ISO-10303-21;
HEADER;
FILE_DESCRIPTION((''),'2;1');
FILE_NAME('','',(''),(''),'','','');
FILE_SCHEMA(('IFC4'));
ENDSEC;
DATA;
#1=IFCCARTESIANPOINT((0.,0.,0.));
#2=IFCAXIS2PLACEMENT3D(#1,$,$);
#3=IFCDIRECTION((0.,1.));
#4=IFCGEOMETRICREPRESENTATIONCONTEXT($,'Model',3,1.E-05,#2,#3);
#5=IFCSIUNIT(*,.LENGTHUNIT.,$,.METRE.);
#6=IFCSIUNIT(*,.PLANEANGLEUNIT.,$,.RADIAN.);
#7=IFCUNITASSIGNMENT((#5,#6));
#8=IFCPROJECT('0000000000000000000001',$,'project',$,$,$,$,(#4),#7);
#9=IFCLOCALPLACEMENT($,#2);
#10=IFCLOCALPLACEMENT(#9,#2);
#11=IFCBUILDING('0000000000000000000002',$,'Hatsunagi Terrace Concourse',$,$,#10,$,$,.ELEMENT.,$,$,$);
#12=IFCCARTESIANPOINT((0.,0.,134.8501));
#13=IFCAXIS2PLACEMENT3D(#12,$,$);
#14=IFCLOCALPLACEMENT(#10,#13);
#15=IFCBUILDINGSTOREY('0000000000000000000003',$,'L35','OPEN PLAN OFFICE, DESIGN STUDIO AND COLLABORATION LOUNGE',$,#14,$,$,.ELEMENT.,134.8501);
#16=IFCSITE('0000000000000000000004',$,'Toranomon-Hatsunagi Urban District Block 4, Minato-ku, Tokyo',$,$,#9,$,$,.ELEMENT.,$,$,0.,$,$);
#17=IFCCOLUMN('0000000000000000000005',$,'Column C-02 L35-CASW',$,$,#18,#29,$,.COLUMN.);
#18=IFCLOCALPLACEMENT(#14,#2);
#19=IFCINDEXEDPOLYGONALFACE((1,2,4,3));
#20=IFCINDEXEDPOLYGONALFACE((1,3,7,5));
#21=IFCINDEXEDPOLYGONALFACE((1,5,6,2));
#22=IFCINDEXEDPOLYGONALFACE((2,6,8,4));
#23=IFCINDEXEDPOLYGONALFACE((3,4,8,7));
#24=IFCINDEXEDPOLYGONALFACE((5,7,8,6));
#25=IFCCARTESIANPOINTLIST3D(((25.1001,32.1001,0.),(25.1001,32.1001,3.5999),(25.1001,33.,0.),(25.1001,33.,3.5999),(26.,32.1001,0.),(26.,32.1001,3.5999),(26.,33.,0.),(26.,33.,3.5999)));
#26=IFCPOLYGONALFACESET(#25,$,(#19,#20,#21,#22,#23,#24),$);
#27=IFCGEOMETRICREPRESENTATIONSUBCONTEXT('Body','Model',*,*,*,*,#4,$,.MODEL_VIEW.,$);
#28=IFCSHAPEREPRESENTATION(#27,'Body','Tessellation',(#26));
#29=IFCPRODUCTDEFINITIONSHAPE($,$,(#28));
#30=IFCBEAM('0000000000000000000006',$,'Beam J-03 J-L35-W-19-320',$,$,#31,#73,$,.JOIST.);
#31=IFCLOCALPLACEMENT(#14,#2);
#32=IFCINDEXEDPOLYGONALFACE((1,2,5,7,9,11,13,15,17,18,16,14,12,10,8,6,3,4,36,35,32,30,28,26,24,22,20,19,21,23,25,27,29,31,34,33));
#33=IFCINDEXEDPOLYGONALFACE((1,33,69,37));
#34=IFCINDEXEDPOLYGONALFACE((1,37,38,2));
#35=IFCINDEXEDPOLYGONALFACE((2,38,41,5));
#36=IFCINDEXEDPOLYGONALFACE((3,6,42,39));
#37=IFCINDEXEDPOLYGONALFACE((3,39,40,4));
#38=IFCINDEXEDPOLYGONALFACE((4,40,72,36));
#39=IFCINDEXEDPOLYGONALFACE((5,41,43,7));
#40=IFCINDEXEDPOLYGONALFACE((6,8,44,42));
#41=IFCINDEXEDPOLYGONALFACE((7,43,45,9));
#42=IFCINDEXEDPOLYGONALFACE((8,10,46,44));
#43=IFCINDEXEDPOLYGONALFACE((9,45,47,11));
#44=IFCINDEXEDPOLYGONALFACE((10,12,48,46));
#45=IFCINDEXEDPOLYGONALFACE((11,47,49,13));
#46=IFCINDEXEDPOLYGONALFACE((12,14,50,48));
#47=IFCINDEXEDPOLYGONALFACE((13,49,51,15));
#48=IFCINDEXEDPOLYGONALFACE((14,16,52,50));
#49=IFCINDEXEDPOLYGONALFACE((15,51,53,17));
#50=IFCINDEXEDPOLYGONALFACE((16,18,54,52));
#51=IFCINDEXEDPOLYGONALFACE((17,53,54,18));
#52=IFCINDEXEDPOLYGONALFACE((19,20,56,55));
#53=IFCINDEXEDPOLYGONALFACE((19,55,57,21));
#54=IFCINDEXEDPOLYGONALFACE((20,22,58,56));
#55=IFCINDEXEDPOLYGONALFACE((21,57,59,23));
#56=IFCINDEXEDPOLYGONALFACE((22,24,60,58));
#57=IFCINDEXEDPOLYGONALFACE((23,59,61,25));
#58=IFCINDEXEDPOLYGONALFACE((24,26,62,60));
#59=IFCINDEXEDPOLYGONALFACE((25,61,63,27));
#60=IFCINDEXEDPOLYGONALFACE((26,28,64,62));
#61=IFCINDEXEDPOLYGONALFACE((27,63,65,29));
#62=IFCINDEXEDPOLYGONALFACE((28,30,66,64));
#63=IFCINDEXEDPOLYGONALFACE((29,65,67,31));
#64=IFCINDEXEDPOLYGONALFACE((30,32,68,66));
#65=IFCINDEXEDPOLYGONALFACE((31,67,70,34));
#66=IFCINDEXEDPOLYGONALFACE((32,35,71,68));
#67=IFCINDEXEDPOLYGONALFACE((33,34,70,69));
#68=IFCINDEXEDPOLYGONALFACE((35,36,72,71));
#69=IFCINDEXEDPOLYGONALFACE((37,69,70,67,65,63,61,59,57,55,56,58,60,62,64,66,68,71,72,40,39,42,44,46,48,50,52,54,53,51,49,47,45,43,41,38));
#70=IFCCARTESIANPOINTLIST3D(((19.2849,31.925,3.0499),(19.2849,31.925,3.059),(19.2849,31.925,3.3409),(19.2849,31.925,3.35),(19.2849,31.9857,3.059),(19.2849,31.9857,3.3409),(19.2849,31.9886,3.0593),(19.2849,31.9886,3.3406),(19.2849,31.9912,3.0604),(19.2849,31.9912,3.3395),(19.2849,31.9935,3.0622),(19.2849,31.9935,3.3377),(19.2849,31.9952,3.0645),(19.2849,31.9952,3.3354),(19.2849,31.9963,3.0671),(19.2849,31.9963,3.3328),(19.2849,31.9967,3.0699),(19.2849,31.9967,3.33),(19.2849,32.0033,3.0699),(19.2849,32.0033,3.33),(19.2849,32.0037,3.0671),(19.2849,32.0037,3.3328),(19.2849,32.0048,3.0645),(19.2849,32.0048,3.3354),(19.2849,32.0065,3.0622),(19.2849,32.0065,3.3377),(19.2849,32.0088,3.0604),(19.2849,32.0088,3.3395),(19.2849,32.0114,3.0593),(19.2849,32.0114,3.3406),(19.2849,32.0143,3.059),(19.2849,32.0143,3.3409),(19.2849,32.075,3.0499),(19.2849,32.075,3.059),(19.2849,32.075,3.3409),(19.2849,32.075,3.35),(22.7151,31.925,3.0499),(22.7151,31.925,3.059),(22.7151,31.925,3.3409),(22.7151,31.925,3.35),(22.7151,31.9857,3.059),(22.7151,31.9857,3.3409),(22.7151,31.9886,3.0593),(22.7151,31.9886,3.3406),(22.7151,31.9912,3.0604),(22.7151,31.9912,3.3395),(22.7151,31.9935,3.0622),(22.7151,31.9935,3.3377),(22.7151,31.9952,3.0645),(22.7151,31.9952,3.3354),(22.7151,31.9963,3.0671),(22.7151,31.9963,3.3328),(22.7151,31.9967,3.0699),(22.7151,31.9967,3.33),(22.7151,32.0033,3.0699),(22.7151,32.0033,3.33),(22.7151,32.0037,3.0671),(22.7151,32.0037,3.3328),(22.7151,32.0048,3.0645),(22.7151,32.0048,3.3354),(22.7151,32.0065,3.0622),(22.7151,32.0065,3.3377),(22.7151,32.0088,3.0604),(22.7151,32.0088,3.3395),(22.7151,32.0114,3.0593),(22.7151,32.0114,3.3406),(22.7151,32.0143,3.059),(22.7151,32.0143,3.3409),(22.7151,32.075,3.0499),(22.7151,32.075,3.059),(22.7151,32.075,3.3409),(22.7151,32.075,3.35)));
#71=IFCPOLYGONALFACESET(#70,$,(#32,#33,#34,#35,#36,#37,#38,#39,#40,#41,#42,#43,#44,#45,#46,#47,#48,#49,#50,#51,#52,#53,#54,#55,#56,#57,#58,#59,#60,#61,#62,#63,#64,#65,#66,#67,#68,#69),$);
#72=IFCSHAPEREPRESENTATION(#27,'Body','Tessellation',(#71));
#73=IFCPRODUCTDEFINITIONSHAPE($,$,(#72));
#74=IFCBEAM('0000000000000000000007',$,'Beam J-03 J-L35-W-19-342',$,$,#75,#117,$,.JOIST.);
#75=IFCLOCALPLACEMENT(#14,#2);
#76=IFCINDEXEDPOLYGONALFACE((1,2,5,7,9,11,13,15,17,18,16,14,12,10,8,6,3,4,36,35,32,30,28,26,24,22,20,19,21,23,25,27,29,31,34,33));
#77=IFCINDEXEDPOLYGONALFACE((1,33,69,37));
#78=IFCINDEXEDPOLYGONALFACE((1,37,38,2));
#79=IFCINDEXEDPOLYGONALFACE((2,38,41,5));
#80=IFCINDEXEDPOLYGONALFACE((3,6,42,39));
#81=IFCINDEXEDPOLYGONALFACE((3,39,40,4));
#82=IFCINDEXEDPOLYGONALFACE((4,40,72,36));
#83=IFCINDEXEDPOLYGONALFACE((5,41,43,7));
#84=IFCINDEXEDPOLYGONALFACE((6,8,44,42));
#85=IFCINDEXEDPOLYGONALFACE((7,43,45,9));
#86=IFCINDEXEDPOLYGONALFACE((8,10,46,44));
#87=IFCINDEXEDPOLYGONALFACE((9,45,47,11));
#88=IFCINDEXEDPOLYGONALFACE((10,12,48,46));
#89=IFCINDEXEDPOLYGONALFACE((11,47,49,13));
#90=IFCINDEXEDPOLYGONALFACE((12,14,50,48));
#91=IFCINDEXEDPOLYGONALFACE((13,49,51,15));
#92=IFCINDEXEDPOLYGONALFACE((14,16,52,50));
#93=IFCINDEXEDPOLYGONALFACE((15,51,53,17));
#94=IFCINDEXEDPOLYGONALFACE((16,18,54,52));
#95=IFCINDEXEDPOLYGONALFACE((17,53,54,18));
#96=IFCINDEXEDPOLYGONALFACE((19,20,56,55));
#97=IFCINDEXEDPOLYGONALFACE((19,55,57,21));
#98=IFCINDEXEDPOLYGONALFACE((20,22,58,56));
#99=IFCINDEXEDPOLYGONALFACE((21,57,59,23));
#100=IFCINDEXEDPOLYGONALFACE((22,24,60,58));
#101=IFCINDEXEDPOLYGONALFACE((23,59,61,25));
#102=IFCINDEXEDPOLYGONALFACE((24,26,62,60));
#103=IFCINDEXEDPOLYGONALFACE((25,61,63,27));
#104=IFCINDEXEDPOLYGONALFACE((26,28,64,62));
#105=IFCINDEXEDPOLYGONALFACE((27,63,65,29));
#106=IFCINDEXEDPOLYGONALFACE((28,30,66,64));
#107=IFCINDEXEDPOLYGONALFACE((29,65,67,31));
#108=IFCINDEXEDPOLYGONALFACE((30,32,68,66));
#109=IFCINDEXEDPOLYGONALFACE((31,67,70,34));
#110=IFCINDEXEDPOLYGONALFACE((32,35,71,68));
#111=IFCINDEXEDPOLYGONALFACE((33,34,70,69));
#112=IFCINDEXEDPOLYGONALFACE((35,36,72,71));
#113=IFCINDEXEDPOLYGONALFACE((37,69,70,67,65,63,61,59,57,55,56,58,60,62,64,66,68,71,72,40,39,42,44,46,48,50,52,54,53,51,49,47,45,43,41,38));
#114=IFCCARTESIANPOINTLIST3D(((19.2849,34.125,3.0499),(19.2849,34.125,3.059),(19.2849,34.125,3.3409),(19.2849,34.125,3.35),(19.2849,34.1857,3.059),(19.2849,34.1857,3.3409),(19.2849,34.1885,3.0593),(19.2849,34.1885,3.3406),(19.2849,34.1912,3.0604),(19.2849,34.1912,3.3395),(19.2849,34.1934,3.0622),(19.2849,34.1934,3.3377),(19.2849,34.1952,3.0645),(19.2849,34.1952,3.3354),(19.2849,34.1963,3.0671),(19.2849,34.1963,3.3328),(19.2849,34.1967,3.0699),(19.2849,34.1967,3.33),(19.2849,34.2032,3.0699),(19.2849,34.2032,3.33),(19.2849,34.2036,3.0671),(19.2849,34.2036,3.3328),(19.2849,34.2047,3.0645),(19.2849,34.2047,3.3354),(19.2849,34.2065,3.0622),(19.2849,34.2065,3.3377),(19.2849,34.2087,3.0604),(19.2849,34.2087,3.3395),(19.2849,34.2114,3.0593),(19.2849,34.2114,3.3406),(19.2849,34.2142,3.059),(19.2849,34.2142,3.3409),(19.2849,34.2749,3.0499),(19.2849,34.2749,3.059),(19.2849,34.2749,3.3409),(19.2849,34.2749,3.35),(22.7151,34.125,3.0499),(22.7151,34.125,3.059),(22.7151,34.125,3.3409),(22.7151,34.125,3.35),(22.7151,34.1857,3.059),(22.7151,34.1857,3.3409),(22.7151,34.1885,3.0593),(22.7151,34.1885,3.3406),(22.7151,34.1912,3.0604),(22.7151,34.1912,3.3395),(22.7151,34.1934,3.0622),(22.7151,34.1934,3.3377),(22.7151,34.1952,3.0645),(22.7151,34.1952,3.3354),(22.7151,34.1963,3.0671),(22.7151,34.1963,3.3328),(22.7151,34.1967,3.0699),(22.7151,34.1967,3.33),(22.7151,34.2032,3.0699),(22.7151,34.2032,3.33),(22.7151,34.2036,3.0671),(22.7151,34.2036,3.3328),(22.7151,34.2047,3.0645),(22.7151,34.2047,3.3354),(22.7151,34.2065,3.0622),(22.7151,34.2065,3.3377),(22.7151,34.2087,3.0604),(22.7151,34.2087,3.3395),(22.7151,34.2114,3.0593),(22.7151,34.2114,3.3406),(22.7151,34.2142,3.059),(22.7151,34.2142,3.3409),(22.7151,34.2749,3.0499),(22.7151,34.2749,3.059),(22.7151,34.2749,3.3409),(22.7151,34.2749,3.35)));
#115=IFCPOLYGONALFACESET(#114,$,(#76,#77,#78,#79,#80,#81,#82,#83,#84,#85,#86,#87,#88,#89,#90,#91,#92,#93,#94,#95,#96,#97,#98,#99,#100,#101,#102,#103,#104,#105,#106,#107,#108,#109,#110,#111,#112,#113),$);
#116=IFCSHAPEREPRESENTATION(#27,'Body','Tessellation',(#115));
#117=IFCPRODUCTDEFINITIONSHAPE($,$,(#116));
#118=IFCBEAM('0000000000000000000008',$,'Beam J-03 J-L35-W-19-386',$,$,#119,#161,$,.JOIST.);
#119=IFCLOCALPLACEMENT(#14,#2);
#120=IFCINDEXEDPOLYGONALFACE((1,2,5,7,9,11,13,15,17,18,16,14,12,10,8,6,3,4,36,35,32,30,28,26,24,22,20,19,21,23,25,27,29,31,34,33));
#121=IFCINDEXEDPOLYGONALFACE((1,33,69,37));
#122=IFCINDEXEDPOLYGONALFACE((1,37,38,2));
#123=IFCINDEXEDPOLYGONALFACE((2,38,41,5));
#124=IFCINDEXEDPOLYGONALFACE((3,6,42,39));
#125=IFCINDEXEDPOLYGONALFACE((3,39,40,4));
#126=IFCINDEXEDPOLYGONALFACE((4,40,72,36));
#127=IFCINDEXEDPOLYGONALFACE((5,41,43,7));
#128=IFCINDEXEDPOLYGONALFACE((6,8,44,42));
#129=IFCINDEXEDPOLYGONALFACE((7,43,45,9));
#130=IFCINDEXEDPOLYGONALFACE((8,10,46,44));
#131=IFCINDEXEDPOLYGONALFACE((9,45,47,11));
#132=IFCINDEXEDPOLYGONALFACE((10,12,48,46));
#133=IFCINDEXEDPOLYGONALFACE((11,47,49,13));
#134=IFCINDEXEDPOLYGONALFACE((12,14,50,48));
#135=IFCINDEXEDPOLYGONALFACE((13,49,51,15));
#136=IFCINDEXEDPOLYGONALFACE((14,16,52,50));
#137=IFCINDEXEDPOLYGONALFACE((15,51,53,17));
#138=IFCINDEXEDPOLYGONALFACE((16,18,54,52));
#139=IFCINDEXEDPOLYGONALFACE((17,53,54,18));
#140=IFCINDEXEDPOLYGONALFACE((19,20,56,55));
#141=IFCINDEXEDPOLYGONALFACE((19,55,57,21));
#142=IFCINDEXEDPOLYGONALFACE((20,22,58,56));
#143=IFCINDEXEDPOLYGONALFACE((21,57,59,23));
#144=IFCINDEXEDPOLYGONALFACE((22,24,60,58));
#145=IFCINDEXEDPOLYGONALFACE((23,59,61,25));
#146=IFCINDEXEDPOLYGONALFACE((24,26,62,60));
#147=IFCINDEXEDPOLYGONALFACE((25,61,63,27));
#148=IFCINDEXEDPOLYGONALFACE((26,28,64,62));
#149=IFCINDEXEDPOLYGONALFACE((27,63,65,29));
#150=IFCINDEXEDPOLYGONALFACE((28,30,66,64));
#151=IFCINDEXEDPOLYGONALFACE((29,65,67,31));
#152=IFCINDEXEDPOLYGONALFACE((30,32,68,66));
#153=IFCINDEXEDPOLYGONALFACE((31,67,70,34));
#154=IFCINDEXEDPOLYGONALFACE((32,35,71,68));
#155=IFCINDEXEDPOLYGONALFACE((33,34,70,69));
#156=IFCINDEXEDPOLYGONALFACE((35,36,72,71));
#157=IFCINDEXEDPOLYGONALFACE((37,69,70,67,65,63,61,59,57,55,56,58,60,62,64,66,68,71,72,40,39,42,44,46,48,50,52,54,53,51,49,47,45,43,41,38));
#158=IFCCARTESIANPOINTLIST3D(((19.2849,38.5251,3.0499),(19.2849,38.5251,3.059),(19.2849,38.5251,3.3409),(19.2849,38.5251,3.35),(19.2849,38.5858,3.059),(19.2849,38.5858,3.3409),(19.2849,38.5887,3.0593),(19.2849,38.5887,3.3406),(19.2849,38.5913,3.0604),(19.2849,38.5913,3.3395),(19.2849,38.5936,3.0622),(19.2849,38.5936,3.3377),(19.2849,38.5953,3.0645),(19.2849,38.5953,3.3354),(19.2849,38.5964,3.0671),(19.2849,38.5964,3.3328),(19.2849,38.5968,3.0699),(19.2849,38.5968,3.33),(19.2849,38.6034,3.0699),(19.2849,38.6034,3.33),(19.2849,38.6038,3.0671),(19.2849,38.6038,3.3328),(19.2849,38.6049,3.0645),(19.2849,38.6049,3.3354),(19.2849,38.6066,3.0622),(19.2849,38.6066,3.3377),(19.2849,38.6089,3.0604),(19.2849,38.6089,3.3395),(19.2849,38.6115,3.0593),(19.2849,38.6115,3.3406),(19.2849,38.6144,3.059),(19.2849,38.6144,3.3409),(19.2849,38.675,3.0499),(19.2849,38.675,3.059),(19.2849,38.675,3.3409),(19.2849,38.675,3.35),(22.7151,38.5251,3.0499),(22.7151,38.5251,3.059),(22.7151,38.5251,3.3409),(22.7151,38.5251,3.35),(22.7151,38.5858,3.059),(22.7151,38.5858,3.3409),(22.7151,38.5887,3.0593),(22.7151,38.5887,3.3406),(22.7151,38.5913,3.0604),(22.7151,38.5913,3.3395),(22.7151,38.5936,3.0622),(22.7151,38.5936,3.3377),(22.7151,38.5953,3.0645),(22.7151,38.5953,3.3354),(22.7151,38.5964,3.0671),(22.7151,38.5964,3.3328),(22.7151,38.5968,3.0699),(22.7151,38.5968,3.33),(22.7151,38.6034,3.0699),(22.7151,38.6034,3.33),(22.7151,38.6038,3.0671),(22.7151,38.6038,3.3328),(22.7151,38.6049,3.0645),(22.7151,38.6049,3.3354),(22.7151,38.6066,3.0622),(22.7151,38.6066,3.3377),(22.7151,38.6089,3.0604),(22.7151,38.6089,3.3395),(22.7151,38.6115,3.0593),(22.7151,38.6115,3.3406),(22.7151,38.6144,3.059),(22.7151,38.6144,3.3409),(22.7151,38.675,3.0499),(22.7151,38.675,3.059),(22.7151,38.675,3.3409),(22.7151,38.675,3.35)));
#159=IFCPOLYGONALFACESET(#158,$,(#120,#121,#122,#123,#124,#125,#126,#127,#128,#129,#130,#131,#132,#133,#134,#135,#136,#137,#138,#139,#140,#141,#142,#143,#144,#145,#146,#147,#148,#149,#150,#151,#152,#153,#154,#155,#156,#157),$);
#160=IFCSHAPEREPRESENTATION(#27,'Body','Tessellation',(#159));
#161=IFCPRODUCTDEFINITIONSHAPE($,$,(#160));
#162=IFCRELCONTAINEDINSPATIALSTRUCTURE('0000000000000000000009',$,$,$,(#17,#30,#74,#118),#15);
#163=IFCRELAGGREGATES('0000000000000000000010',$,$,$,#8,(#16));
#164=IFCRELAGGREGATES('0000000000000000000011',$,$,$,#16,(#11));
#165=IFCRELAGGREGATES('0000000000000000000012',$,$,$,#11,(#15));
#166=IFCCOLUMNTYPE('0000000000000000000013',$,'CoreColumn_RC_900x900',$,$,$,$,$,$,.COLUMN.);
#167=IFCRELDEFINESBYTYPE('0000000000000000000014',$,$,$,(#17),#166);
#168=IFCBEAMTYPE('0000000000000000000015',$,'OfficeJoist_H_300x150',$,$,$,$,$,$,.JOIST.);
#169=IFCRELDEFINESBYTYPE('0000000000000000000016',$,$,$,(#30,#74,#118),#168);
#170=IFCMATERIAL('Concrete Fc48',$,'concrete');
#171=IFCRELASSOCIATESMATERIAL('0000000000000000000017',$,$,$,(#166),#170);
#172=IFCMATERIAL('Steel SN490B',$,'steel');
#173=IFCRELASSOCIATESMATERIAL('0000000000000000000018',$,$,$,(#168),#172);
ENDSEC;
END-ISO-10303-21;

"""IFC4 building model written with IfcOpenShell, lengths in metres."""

from ifc_helpers import new_model, si_unit, direction, frame, origin, origin_2d, place, context, subcontext, project, spatial, rectangle, i_section, extrude, material, material_profile, profile_set, type_object, element, save


model = new_model("IFC4")

# Units and contexts
model_context = context("Model", 3, precision=1e-05, world=origin(), true_north=direction((0.0, 1.0)))
body_context = subcontext(model_context, "Body", "Model", "MODEL_VIEW")
ifc_project = project(units=[si_unit("LENGTHUNIT", "METRE"), si_unit("PLANEANGLEUNIT", "RADIAN")], contexts=[model_context])

# Site, building, storey
site_placement = place(None, origin())
site = spatial("IfcSite", under=ifc_project, at=site_placement, Name="Toranomon-Hatsunagi Urban District Block 4, Minato-ku, Tokyo", CompositionType="ELEMENT", RefElevation=0.0)
building_placement = place(site_placement, origin())
building = spatial("IfcBuilding", under=site, at=building_placement, Name="Hatsunagi Terrace Concourse", CompositionType="ELEMENT")
storey_placement = place(building_placement, frame((0.0, 0.0, 134.8501)))
storey = spatial("IfcBuildingStorey", under=building, at=storey_placement, Name="L35", Description="OPEN PLAN OFFICE, DESIGN STUDIO AND COLLABORATION LOUNGE", CompositionType="ELEMENT", Elevation=134.8501)

# Column
ifc_material_1 = material(Name="Concrete Fc48", Category="concrete")
ifc_material_profile_1 = material_profile(ifc_material_1, rectangle(XDim=0.8999, YDim=0.8999, at=origin_2d()), Name="RC-900x900")
ifc_profile_set_1 = profile_set([ifc_material_profile_1], Name="Concrete Fc48")
column_type = type_object("IfcColumnType", Name="CoreColumn_RC_900x900", PredefinedType="COLUMN", material=ifc_profile_set_1)
column_placement = place(storey_placement, frame((25.55, 32.55, 0.0), z_axis=(0.0, 0.0, 1.0), x_axis=(1.0, 0.0, 0.0)))
element("IfcColumn", 1, at=column_placement, inside=storey, type_object=column_type, Name="Column C-02 L35-CASW", PredefinedType="COLUMN", context=body_context, shape_type="SweptSolid", body=[
    extrude(rectangle(XDim=0.8999, YDim=0.8999, at=origin_2d()), origin(), (0.0, 0.0, 1.0), 3.5999),
])

# Beams
ifc_material_2 = material(Name="Steel SN490B", Category="steel")
ifc_material_profile_2 = material_profile(ifc_material_2, i_section(OverallWidth=0.1499, OverallDepth=0.3, WebThickness=0.0066, FlangeThickness=0.009, FilletRadius=0.011, at=origin_2d()), Name="H-300x150x6.5x9")
ifc_profile_set_2 = profile_set([ifc_material_profile_2], Name="Steel SN490B")
beam_type_1 = type_object("IfcBeamType", Name="OfficeJoist_H_300x150", PredefinedType="JOIST", material=ifc_profile_set_2)
for number, where, z_axis, x_axis, name in (
    (2, (19.2849, 32.0, 3.2), (1.0, 0.0, 0.0), (0.0, 1.0, 0.0), "Beam J-03 J-L35-W-19-320"),
    (3, (19.2849, 34.2, 3.2), (1.0, 0.0, 0.0), (0.0, 1.0, 0.0), "Beam J-03 J-L35-W-19-342"),
    (4, (19.2849, 38.6001, 3.2), (1.0, 0.0, 0.0), (0.0, 1.0, 0.0), "Beam J-03 J-L35-W-19-386"),
):
    element("IfcBeam", number, at=place(storey_placement, frame(where, z_axis=z_axis, x_axis=x_axis)), inside=storey, type_object=beam_type_1, Name=name, PredefinedType="JOIST", context=body_context, shape_type="SweptSolid", body=[
        extrude(i_section(OverallWidth=0.1499, OverallDepth=0.3, WebThickness=0.0066, FlangeThickness=0.009, FilletRadius=0.011, at=origin_2d()), origin(), (0.0, 0.0, 1.0), 3.4302),
    ])

save(model, "model.ifc")
